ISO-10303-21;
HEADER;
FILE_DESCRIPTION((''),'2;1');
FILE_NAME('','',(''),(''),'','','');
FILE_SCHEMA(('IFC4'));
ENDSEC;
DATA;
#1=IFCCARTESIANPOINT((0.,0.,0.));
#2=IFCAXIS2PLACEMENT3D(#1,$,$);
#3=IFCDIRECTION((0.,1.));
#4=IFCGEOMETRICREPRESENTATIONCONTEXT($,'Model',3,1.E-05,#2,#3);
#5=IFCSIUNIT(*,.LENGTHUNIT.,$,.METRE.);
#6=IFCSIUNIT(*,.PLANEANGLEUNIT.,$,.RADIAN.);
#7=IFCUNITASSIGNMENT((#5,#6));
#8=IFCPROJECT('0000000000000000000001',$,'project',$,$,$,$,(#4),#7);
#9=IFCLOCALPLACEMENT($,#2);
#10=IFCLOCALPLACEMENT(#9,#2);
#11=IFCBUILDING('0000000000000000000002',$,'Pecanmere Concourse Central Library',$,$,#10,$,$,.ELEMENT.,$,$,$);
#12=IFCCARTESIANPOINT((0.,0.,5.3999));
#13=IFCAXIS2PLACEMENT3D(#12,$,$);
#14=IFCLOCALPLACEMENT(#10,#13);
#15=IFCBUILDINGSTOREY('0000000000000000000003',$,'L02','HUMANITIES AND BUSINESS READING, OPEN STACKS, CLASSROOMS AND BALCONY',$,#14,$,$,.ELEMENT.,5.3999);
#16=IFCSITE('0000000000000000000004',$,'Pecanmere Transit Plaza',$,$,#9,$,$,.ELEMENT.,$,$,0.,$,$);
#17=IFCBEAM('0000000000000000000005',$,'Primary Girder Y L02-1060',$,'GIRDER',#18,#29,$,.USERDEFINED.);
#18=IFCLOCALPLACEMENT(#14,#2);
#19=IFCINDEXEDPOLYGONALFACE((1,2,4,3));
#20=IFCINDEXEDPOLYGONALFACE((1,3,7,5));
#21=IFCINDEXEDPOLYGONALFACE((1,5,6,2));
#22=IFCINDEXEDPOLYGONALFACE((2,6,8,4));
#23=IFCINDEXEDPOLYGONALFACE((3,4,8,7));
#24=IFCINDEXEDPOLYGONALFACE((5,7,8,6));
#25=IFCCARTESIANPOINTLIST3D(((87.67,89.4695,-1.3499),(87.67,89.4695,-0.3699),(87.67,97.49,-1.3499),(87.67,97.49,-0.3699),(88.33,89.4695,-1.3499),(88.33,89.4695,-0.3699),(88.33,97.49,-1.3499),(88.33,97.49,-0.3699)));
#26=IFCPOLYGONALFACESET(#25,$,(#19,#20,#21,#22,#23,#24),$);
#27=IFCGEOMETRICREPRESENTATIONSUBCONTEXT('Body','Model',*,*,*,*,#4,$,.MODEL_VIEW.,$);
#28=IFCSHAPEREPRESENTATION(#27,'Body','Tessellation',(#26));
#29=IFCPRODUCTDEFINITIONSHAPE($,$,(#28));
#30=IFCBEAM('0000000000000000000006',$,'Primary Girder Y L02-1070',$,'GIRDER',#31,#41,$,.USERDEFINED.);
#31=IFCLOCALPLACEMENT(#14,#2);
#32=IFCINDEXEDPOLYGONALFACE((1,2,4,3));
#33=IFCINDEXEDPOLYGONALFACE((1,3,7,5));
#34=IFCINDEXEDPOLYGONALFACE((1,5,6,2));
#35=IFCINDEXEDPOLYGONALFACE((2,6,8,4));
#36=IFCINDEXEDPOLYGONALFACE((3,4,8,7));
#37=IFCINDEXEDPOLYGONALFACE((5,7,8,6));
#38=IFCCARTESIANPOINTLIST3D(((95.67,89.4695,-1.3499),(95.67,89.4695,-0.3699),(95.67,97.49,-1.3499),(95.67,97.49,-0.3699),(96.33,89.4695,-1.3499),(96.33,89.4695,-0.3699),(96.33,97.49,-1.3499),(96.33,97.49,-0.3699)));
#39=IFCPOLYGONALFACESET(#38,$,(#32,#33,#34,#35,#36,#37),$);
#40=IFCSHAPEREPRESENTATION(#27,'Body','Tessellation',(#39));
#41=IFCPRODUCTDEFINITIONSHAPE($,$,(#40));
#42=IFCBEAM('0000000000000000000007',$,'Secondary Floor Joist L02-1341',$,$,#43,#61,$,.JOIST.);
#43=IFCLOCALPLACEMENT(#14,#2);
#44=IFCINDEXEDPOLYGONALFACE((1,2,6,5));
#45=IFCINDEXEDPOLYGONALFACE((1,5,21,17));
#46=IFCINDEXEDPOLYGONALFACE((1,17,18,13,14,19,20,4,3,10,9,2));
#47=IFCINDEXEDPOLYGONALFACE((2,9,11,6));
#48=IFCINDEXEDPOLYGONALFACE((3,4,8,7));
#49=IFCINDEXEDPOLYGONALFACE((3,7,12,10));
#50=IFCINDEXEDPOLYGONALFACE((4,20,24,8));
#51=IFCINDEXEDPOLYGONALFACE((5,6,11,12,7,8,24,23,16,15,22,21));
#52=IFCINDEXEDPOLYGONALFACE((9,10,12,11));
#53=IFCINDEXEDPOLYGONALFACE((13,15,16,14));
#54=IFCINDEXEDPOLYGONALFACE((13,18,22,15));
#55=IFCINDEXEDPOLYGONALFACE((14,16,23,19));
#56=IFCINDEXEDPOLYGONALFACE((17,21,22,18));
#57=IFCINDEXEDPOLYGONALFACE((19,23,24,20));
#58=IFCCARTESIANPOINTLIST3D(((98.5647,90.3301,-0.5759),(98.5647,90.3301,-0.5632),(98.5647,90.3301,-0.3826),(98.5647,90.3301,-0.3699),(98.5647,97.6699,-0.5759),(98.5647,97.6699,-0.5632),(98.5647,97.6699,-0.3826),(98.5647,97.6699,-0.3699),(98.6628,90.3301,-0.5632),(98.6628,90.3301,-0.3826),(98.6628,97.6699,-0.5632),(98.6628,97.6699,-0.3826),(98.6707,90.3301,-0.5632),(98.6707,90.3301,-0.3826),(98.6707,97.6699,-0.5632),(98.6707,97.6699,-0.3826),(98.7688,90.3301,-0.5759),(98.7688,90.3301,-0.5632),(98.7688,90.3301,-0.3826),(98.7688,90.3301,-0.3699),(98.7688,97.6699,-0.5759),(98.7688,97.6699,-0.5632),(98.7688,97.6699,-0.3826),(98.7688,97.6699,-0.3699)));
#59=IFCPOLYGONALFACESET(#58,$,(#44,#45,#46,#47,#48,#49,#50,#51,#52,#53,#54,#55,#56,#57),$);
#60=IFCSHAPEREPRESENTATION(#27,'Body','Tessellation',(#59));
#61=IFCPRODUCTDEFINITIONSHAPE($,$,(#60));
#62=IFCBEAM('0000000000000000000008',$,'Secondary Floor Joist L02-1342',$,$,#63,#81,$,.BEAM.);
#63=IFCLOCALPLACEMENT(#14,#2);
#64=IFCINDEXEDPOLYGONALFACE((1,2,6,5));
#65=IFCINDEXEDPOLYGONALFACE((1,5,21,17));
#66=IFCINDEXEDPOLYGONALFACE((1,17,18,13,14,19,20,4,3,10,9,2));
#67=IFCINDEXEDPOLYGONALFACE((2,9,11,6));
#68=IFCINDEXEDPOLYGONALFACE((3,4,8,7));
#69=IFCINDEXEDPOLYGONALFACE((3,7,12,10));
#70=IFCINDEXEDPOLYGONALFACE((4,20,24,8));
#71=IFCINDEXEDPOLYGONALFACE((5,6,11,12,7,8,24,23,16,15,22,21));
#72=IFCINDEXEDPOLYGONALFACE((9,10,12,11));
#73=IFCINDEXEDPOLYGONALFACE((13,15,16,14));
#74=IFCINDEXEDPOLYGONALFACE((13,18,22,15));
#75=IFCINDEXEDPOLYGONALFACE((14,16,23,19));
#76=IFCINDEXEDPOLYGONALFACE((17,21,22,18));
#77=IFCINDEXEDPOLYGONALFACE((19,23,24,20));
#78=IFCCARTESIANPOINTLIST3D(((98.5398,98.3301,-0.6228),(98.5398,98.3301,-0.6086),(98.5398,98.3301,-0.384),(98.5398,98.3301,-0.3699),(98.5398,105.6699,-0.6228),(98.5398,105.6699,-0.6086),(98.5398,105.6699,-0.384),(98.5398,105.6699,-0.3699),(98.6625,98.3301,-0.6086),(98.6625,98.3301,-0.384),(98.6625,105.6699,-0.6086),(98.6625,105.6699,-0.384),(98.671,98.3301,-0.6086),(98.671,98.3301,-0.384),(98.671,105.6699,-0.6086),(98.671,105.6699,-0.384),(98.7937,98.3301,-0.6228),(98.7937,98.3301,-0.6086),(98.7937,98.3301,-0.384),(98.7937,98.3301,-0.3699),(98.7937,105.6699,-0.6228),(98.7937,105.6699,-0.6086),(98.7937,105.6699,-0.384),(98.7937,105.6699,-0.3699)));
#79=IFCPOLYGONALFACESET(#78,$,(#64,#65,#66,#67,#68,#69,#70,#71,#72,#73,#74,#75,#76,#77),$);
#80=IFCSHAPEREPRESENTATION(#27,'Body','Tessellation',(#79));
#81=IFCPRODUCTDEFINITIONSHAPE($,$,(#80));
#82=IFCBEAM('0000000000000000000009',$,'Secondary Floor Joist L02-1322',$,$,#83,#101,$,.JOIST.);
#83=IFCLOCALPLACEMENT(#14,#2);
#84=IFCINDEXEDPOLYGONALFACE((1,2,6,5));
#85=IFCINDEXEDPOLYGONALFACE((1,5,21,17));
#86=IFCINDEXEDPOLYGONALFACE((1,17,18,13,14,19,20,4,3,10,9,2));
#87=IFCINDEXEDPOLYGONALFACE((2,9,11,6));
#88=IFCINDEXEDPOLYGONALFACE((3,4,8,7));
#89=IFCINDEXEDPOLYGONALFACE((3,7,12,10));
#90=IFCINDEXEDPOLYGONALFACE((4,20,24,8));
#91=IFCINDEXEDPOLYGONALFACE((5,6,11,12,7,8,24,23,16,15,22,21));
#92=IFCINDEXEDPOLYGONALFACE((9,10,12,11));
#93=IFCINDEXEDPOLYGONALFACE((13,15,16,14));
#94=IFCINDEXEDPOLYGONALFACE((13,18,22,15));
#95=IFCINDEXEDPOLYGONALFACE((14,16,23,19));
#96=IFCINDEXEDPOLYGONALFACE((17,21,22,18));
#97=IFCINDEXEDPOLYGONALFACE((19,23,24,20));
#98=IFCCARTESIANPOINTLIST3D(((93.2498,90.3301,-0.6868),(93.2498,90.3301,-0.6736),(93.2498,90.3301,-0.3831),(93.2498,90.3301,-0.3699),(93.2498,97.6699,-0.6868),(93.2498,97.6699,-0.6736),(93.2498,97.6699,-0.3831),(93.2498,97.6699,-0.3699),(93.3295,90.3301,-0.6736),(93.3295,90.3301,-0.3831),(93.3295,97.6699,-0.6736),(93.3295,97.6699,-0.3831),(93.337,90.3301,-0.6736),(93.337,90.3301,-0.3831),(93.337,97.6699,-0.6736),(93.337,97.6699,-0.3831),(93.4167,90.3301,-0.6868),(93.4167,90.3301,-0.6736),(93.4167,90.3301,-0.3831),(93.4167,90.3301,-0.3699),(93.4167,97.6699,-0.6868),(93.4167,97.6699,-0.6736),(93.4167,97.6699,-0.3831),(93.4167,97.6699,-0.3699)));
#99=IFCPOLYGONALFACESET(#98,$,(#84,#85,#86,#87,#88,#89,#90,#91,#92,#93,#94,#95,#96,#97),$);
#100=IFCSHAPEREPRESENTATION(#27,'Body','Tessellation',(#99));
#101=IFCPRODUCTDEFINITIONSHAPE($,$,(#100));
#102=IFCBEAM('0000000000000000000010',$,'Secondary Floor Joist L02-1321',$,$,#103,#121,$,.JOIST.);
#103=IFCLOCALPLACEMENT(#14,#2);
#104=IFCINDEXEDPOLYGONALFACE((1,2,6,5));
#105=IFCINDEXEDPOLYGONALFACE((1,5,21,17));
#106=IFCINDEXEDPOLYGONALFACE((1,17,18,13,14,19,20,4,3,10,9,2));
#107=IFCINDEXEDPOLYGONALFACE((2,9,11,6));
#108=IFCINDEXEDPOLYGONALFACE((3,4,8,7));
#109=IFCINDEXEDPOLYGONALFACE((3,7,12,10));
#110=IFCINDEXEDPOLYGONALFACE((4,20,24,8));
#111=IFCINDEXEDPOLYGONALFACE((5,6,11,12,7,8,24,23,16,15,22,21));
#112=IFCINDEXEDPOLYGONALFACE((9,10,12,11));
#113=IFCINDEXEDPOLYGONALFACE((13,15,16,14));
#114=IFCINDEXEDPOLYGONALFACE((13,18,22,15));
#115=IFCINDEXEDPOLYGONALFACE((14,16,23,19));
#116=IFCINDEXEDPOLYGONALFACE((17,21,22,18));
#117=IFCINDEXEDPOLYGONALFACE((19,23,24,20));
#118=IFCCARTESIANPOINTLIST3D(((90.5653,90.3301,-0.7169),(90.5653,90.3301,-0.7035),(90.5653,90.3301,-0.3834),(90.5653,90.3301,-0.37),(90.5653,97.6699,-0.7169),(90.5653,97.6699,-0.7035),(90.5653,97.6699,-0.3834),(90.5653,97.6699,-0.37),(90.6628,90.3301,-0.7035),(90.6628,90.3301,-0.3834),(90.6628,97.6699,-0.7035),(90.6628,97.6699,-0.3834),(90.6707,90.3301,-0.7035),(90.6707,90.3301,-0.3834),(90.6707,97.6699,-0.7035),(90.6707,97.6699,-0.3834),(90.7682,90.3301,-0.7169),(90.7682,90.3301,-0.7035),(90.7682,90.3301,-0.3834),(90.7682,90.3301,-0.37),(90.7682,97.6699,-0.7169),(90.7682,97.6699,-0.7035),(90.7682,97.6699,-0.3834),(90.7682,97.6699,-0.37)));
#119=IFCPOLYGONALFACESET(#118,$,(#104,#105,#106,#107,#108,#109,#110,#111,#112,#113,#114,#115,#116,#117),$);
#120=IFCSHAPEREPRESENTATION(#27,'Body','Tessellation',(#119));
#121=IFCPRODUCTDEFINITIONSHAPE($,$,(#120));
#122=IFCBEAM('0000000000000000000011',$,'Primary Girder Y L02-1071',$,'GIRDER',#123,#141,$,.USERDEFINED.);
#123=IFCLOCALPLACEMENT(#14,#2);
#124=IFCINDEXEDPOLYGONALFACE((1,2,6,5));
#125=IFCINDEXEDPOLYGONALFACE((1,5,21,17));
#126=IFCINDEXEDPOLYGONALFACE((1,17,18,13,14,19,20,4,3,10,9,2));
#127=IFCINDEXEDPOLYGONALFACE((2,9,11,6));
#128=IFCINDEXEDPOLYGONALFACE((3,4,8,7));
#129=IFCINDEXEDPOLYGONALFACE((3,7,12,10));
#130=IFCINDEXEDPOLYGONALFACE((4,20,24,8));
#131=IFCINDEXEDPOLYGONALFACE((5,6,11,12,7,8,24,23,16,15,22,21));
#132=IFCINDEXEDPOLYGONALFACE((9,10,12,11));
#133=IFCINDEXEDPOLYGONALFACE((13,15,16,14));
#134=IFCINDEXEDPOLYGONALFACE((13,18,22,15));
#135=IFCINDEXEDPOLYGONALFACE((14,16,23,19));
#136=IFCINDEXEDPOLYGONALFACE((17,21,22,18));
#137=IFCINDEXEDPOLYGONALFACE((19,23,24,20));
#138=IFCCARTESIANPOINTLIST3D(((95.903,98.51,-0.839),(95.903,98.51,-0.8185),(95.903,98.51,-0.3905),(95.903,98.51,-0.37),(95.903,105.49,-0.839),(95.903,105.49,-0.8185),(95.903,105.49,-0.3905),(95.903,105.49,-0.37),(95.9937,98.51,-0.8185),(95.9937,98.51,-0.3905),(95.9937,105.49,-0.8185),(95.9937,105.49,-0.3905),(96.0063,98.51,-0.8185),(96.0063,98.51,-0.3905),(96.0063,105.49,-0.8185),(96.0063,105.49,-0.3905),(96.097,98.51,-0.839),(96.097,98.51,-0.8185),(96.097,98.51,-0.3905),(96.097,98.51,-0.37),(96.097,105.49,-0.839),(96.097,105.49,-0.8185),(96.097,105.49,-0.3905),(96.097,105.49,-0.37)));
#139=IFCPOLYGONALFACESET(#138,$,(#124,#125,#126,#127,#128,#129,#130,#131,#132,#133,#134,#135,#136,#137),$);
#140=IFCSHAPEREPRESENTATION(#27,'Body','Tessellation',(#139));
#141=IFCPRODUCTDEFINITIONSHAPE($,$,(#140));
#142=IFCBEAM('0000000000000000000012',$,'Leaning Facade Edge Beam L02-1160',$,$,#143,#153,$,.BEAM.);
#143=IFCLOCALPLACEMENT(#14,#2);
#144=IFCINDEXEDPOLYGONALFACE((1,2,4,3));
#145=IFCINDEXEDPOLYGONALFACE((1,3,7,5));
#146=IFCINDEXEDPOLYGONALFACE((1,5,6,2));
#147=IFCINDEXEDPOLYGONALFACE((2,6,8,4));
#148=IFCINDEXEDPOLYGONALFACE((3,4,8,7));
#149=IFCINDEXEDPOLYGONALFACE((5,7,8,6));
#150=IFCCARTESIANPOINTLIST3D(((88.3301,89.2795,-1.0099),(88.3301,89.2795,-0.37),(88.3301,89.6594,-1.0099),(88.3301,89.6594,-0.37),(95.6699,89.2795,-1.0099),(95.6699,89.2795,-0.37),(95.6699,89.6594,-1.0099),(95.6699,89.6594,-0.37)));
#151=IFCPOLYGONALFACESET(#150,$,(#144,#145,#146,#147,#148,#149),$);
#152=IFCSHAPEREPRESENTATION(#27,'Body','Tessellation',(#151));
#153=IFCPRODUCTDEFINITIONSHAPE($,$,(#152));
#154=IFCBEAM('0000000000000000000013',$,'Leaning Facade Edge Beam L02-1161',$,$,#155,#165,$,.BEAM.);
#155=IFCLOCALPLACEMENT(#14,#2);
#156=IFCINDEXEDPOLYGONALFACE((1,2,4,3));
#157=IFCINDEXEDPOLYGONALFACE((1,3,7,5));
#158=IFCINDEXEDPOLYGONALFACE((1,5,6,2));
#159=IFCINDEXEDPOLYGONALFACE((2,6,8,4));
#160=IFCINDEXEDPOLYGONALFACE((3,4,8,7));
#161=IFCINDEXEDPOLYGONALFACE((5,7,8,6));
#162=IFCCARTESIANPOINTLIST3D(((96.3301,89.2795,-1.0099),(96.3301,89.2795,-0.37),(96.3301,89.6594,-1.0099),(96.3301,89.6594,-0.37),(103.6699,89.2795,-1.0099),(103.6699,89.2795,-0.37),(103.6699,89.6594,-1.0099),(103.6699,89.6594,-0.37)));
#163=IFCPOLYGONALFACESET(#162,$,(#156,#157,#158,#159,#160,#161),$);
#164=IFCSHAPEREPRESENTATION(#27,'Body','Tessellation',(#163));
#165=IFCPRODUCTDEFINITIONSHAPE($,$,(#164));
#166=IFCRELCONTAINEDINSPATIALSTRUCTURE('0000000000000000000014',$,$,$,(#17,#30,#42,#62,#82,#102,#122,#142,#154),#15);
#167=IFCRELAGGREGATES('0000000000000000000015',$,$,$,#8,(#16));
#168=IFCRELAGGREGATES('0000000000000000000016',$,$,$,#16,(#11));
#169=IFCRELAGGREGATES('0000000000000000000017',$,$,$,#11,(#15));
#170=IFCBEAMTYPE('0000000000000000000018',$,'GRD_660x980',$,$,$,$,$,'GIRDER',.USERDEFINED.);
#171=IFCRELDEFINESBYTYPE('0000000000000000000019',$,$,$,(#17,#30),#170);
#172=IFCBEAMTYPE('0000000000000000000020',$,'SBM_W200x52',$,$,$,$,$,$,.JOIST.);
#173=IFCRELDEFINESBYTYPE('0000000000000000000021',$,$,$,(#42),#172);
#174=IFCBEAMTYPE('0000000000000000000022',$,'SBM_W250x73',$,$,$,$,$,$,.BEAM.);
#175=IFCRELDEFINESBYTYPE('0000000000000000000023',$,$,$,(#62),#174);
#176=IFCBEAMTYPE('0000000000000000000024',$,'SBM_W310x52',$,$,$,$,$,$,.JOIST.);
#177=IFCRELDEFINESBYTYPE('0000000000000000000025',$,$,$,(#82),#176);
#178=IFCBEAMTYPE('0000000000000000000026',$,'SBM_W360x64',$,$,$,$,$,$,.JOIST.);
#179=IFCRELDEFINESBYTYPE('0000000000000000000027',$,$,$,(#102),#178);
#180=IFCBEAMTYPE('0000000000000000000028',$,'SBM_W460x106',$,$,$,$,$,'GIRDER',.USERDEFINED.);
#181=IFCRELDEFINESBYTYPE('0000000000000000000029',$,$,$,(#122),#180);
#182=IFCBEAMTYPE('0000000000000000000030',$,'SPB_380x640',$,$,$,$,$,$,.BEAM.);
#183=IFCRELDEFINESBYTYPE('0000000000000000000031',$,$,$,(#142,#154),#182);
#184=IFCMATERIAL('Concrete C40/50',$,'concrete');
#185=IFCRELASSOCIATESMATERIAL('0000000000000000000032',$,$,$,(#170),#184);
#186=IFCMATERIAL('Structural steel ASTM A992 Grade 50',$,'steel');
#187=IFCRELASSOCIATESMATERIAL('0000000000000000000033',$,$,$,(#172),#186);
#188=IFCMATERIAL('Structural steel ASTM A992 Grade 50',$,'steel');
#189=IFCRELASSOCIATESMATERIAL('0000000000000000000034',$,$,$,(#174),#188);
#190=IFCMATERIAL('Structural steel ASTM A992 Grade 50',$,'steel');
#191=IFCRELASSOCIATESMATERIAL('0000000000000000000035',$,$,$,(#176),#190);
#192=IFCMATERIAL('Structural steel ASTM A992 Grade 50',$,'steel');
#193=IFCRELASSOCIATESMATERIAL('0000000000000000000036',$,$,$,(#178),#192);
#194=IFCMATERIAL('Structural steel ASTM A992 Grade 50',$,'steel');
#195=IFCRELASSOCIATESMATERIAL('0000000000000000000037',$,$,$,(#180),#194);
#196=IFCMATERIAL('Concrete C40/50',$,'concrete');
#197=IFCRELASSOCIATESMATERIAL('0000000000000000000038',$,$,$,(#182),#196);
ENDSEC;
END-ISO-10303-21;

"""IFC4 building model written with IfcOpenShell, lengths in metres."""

from ifc_helpers import new_model, si_unit, direction, frame, origin, origin_2d, place, context, subcontext, project, spatial, rectangle, i_section, extrude, material, material_profile, profile_set, type_object, element, save


model = new_model("IFC4")

# Units and contexts
model_context = context("Model", 3, precision=1e-05, world=origin(), true_north=direction((0.0, 1.0)))
body_context = subcontext(model_context, "Body", "Model", "MODEL_VIEW")
ifc_project = project(units=[si_unit("LENGTHUNIT", "METRE"), si_unit("PLANEANGLEUNIT", "RADIAN")], contexts=[model_context])

# Site, building, storey
site_placement = place(None, origin())
site = spatial("IfcSite", under=ifc_project, at=site_placement, Name="Pecanmere Transit Plaza", CompositionType="ELEMENT", RefElevation=0.0)
building_placement = place(site_placement, origin())
building = spatial("IfcBuilding", under=site, at=building_placement, Name="Pecanmere Concourse Central Library", CompositionType="ELEMENT")
storey_placement = place(building_placement, frame((0.0, 0.0, 5.3999)))
storey = spatial("IfcBuildingStorey", under=building, at=storey_placement, Name="L02", Description="HUMANITIES AND BUSINESS READING, OPEN STACKS, CLASSROOMS AND BALCONY", CompositionType="ELEMENT", Elevation=5.3999)

# Beams
ifc_material_1 = material(Name="Concrete C40/50", Category="concrete")
ifc_material_profile_1 = material_profile(ifc_material_1, rectangle(XDim=0.6599, YDim=0.98, at=origin_2d()), Name="RC 660x980")
ifc_profile_set_1 = profile_set([ifc_material_profile_1], Name="Concrete C40/50")
beam_type_1 = type_object("IfcBeamType", Name="GRD_660x980", ElementType="GIRDER", PredefinedType="USERDEFINED", material=ifc_profile_set_1)
for number, where, z_axis, x_axis, name in (
    (1, (88.0, 89.4695, -0.8599), (0.0, 1.0, 0.0), (-1.0, 0.0, 0.0), "Primary Girder Y L02-1060"),
    (2, (96.0, 89.4695, -0.8599), (0.0, 1.0, 0.0), (-1.0, 0.0, 0.0), "Primary Girder Y L02-1070"),
):
    element("IfcBeam", number, at=place(storey_placement, frame(where, z_axis=z_axis, x_axis=x_axis)), inside=storey, type_object=beam_type_1, Name=name, ObjectType="GIRDER", PredefinedType="USERDEFINED", context=body_context, shape_type="SweptSolid", body=[
        extrude(rectangle(XDim=0.6599, YDim=0.98, at=origin_2d()), origin(), (0.0, 0.0, 1.0), 8.0205),
    ])
ifc_material_2 = material(Name="Structural steel ASTM A992 Grade 50", Category="steel")
ifc_material_profile_2 = material_profile(ifc_material_2, i_section(OverallWidth=0.2041, OverallDepth=0.2061, WebThickness=0.0078, FlangeThickness=0.0127, at=origin_2d()), Name="W200x52")
ifc_profile_set_2 = profile_set([ifc_material_profile_2], Name="Structural steel ASTM A992 Grade 50")
beam_type_2 = type_object("IfcBeamType", Name="SBM_W200x52", PredefinedType="JOIST", material=ifc_profile_set_2)
beam_1_placement = place(storey_placement, frame((98.6667, 90.3301, -0.4729), z_axis=(0.0, 1.0, 0.0), x_axis=(-1.0, 0.0, 0.0)))
element("IfcBeam", 3, at=beam_1_placement, inside=storey, type_object=beam_type_2, Name="Secondary Floor Joist L02-1341", PredefinedType="JOIST", context=body_context, shape_type="SweptSolid", body=[
    extrude(i_section(OverallWidth=0.2041, OverallDepth=0.2061, WebThickness=0.0078, FlangeThickness=0.0127, at=origin_2d()), origin(), (0.0, 0.0, 1.0), 7.3398),
])
ifc_material_3 = material(Name="Structural steel ASTM A992 Grade 50", Category="steel")
ifc_material_profile_3 = material_profile(ifc_material_3, i_section(OverallWidth=0.2539, OverallDepth=0.2529, WebThickness=0.0085, FlangeThickness=0.0142, at=origin_2d()), Name="W250x73")
ifc_profile_set_3 = profile_set([ifc_material_profile_3], Name="Structural steel ASTM A992 Grade 50")
beam_type_3 = type_object("IfcBeamType", Name="SBM_W250x73", PredefinedType="BEAM", material=ifc_profile_set_3)
beam_2_placement = place(storey_placement, frame((98.6667, 98.3301, -0.4963), z_axis=(0.0, 1.0, 0.0), x_axis=(-1.0, 0.0, 0.0)))
element("IfcBeam", 4, at=beam_2_placement, inside=storey, type_object=beam_type_3, Name="Secondary Floor Joist L02-1342", PredefinedType="BEAM", context=body_context, shape_type="SweptSolid", body=[
    extrude(i_section(OverallWidth=0.2539, OverallDepth=0.2529, WebThickness=0.0085, FlangeThickness=0.0142, at=origin_2d()), origin(), (0.0, 0.0, 1.0), 7.3398),
])
ifc_material_4 = material(Name="Structural steel ASTM A992 Grade 50", Category="steel")
ifc_material_profile_4 = material_profile(ifc_material_4, i_section(OverallWidth=0.167, OverallDepth=0.3169, WebThickness=0.0076, FlangeThickness=0.0132, at=origin_2d()), Name="W310x52")
ifc_profile_set_4 = profile_set([ifc_material_profile_4], Name="Structural steel ASTM A992 Grade 50")
beam_type_4 = type_object("IfcBeamType", Name="SBM_W310x52", PredefinedType="JOIST", material=ifc_profile_set_4)
beam_3_placement = place(storey_placement, frame((93.3333, 90.3301, -0.5283), z_axis=(0.0, 1.0, 0.0), x_axis=(-1.0, 0.0, 0.0)))
element("IfcBeam", 5, at=beam_3_placement, inside=storey, type_object=beam_type_4, Name="Secondary Floor Joist L02-1322", PredefinedType="JOIST", context=body_context, shape_type="SweptSolid", body=[
    extrude(i_section(OverallWidth=0.167, OverallDepth=0.3169, WebThickness=0.0076, FlangeThickness=0.0132, at=origin_2d()), origin(), (0.0, 0.0, 1.0), 7.3398),
])
ifc_material_5 = material(Name="Structural steel ASTM A992 Grade 50", Category="steel")
ifc_material_profile_5 = material_profile(ifc_material_5, i_section(OverallWidth=0.2029, OverallDepth=0.3469, WebThickness=0.0078, FlangeThickness=0.0134, at=origin_2d()), Name="W360x64")
ifc_profile_set_5 = profile_set([ifc_material_profile_5], Name="Structural steel ASTM A992 Grade 50")
beam_type_5 = type_object("IfcBeamType", Name="SBM_W360x64", PredefinedType="JOIST", material=ifc_profile_set_5)
beam_4_placement = place(storey_placement, frame((90.6667, 90.3301, -0.5435), z_axis=(0.0, 1.0, 0.0), x_axis=(-1.0, 0.0, 0.0)))
element("IfcBeam", 6, at=beam_4_placement, inside=storey, type_object=beam_type_5, Name="Secondary Floor Joist L02-1321", PredefinedType="JOIST", context=body_context, shape_type="SweptSolid", body=[
    extrude(i_section(OverallWidth=0.2029, OverallDepth=0.3469, WebThickness=0.0078, FlangeThickness=0.0134, at=origin_2d()), origin(), (0.0, 0.0, 1.0), 7.3398),
])
ifc_material_6 = material(Name="Structural steel ASTM A992 Grade 50", Category="steel")
ifc_material_profile_6 = material_profile(ifc_material_6, i_section(OverallWidth=0.1941, OverallDepth=0.469, WebThickness=0.0127, FlangeThickness=0.0205, at=origin_2d()), Name="W460x106")
ifc_profile_set_6 = profile_set([ifc_material_profile_6], Name="Structural steel ASTM A992 Grade 50")
beam_type_6 = type_object("IfcBeamType", Name="SBM_W460x106", ElementType="GIRDER", PredefinedType="USERDEFINED", material=ifc_profile_set_6)
beam_5_placement = place(storey_placement, frame((96.0, 98.51, -0.6045), z_axis=(0.0, 1.0, 0.0), x_axis=(-1.0, 0.0, 0.0)))
element("IfcBeam", 7, at=beam_5_placement, inside=storey, type_object=beam_type_6, Name="Primary Girder Y L02-1071", ObjectType="GIRDER", PredefinedType="USERDEFINED", context=body_context, shape_type="SweptSolid", body=[
    extrude(i_section(OverallWidth=0.1941, OverallDepth=0.469, WebThickness=0.0127, FlangeThickness=0.0205, at=origin_2d()), origin(), (0.0, 0.0, 1.0), 6.98),
])
ifc_material_7 = material(Name="Concrete C40/50", Category="concrete")
ifc_material_profile_7 = material_profile(ifc_material_7, rectangle(XDim=0.3799, YDim=0.6399, at=origin_2d()), Name="RC 380x640")
ifc_profile_set_7 = profile_set([ifc_material_profile_7], Name="Concrete C40/50")
beam_type_7 = type_object("IfcBeamType", Name="SPB_380x640", PredefinedType="BEAM", material=ifc_profile_set_7)
for number, where, z_axis, x_axis, name in (
    (8, (88.3301, 89.4695, -0.6899), (1.0, 0.0, 0.0), (0.0, 1.0, 0.0), "Leaning Facade Edge Beam L02-1160"),
    (9, (96.3301, 89.4695, -0.6899), (1.0, 0.0, 0.0), (0.0, 1.0, 0.0), "Leaning Facade Edge Beam L02-1161"),
):
    element("IfcBeam", number, at=place(storey_placement, frame(where, z_axis=z_axis, x_axis=x_axis)), inside=storey, type_object=beam_type_7, Name=name, PredefinedType="BEAM", context=body_context, shape_type="SweptSolid", body=[
        extrude(rectangle(XDim=0.3799, YDim=0.6399, at=origin_2d()), origin(), (0.0, 0.0, 1.0), 7.3398),
    ])

save(model, "model.ifc")
